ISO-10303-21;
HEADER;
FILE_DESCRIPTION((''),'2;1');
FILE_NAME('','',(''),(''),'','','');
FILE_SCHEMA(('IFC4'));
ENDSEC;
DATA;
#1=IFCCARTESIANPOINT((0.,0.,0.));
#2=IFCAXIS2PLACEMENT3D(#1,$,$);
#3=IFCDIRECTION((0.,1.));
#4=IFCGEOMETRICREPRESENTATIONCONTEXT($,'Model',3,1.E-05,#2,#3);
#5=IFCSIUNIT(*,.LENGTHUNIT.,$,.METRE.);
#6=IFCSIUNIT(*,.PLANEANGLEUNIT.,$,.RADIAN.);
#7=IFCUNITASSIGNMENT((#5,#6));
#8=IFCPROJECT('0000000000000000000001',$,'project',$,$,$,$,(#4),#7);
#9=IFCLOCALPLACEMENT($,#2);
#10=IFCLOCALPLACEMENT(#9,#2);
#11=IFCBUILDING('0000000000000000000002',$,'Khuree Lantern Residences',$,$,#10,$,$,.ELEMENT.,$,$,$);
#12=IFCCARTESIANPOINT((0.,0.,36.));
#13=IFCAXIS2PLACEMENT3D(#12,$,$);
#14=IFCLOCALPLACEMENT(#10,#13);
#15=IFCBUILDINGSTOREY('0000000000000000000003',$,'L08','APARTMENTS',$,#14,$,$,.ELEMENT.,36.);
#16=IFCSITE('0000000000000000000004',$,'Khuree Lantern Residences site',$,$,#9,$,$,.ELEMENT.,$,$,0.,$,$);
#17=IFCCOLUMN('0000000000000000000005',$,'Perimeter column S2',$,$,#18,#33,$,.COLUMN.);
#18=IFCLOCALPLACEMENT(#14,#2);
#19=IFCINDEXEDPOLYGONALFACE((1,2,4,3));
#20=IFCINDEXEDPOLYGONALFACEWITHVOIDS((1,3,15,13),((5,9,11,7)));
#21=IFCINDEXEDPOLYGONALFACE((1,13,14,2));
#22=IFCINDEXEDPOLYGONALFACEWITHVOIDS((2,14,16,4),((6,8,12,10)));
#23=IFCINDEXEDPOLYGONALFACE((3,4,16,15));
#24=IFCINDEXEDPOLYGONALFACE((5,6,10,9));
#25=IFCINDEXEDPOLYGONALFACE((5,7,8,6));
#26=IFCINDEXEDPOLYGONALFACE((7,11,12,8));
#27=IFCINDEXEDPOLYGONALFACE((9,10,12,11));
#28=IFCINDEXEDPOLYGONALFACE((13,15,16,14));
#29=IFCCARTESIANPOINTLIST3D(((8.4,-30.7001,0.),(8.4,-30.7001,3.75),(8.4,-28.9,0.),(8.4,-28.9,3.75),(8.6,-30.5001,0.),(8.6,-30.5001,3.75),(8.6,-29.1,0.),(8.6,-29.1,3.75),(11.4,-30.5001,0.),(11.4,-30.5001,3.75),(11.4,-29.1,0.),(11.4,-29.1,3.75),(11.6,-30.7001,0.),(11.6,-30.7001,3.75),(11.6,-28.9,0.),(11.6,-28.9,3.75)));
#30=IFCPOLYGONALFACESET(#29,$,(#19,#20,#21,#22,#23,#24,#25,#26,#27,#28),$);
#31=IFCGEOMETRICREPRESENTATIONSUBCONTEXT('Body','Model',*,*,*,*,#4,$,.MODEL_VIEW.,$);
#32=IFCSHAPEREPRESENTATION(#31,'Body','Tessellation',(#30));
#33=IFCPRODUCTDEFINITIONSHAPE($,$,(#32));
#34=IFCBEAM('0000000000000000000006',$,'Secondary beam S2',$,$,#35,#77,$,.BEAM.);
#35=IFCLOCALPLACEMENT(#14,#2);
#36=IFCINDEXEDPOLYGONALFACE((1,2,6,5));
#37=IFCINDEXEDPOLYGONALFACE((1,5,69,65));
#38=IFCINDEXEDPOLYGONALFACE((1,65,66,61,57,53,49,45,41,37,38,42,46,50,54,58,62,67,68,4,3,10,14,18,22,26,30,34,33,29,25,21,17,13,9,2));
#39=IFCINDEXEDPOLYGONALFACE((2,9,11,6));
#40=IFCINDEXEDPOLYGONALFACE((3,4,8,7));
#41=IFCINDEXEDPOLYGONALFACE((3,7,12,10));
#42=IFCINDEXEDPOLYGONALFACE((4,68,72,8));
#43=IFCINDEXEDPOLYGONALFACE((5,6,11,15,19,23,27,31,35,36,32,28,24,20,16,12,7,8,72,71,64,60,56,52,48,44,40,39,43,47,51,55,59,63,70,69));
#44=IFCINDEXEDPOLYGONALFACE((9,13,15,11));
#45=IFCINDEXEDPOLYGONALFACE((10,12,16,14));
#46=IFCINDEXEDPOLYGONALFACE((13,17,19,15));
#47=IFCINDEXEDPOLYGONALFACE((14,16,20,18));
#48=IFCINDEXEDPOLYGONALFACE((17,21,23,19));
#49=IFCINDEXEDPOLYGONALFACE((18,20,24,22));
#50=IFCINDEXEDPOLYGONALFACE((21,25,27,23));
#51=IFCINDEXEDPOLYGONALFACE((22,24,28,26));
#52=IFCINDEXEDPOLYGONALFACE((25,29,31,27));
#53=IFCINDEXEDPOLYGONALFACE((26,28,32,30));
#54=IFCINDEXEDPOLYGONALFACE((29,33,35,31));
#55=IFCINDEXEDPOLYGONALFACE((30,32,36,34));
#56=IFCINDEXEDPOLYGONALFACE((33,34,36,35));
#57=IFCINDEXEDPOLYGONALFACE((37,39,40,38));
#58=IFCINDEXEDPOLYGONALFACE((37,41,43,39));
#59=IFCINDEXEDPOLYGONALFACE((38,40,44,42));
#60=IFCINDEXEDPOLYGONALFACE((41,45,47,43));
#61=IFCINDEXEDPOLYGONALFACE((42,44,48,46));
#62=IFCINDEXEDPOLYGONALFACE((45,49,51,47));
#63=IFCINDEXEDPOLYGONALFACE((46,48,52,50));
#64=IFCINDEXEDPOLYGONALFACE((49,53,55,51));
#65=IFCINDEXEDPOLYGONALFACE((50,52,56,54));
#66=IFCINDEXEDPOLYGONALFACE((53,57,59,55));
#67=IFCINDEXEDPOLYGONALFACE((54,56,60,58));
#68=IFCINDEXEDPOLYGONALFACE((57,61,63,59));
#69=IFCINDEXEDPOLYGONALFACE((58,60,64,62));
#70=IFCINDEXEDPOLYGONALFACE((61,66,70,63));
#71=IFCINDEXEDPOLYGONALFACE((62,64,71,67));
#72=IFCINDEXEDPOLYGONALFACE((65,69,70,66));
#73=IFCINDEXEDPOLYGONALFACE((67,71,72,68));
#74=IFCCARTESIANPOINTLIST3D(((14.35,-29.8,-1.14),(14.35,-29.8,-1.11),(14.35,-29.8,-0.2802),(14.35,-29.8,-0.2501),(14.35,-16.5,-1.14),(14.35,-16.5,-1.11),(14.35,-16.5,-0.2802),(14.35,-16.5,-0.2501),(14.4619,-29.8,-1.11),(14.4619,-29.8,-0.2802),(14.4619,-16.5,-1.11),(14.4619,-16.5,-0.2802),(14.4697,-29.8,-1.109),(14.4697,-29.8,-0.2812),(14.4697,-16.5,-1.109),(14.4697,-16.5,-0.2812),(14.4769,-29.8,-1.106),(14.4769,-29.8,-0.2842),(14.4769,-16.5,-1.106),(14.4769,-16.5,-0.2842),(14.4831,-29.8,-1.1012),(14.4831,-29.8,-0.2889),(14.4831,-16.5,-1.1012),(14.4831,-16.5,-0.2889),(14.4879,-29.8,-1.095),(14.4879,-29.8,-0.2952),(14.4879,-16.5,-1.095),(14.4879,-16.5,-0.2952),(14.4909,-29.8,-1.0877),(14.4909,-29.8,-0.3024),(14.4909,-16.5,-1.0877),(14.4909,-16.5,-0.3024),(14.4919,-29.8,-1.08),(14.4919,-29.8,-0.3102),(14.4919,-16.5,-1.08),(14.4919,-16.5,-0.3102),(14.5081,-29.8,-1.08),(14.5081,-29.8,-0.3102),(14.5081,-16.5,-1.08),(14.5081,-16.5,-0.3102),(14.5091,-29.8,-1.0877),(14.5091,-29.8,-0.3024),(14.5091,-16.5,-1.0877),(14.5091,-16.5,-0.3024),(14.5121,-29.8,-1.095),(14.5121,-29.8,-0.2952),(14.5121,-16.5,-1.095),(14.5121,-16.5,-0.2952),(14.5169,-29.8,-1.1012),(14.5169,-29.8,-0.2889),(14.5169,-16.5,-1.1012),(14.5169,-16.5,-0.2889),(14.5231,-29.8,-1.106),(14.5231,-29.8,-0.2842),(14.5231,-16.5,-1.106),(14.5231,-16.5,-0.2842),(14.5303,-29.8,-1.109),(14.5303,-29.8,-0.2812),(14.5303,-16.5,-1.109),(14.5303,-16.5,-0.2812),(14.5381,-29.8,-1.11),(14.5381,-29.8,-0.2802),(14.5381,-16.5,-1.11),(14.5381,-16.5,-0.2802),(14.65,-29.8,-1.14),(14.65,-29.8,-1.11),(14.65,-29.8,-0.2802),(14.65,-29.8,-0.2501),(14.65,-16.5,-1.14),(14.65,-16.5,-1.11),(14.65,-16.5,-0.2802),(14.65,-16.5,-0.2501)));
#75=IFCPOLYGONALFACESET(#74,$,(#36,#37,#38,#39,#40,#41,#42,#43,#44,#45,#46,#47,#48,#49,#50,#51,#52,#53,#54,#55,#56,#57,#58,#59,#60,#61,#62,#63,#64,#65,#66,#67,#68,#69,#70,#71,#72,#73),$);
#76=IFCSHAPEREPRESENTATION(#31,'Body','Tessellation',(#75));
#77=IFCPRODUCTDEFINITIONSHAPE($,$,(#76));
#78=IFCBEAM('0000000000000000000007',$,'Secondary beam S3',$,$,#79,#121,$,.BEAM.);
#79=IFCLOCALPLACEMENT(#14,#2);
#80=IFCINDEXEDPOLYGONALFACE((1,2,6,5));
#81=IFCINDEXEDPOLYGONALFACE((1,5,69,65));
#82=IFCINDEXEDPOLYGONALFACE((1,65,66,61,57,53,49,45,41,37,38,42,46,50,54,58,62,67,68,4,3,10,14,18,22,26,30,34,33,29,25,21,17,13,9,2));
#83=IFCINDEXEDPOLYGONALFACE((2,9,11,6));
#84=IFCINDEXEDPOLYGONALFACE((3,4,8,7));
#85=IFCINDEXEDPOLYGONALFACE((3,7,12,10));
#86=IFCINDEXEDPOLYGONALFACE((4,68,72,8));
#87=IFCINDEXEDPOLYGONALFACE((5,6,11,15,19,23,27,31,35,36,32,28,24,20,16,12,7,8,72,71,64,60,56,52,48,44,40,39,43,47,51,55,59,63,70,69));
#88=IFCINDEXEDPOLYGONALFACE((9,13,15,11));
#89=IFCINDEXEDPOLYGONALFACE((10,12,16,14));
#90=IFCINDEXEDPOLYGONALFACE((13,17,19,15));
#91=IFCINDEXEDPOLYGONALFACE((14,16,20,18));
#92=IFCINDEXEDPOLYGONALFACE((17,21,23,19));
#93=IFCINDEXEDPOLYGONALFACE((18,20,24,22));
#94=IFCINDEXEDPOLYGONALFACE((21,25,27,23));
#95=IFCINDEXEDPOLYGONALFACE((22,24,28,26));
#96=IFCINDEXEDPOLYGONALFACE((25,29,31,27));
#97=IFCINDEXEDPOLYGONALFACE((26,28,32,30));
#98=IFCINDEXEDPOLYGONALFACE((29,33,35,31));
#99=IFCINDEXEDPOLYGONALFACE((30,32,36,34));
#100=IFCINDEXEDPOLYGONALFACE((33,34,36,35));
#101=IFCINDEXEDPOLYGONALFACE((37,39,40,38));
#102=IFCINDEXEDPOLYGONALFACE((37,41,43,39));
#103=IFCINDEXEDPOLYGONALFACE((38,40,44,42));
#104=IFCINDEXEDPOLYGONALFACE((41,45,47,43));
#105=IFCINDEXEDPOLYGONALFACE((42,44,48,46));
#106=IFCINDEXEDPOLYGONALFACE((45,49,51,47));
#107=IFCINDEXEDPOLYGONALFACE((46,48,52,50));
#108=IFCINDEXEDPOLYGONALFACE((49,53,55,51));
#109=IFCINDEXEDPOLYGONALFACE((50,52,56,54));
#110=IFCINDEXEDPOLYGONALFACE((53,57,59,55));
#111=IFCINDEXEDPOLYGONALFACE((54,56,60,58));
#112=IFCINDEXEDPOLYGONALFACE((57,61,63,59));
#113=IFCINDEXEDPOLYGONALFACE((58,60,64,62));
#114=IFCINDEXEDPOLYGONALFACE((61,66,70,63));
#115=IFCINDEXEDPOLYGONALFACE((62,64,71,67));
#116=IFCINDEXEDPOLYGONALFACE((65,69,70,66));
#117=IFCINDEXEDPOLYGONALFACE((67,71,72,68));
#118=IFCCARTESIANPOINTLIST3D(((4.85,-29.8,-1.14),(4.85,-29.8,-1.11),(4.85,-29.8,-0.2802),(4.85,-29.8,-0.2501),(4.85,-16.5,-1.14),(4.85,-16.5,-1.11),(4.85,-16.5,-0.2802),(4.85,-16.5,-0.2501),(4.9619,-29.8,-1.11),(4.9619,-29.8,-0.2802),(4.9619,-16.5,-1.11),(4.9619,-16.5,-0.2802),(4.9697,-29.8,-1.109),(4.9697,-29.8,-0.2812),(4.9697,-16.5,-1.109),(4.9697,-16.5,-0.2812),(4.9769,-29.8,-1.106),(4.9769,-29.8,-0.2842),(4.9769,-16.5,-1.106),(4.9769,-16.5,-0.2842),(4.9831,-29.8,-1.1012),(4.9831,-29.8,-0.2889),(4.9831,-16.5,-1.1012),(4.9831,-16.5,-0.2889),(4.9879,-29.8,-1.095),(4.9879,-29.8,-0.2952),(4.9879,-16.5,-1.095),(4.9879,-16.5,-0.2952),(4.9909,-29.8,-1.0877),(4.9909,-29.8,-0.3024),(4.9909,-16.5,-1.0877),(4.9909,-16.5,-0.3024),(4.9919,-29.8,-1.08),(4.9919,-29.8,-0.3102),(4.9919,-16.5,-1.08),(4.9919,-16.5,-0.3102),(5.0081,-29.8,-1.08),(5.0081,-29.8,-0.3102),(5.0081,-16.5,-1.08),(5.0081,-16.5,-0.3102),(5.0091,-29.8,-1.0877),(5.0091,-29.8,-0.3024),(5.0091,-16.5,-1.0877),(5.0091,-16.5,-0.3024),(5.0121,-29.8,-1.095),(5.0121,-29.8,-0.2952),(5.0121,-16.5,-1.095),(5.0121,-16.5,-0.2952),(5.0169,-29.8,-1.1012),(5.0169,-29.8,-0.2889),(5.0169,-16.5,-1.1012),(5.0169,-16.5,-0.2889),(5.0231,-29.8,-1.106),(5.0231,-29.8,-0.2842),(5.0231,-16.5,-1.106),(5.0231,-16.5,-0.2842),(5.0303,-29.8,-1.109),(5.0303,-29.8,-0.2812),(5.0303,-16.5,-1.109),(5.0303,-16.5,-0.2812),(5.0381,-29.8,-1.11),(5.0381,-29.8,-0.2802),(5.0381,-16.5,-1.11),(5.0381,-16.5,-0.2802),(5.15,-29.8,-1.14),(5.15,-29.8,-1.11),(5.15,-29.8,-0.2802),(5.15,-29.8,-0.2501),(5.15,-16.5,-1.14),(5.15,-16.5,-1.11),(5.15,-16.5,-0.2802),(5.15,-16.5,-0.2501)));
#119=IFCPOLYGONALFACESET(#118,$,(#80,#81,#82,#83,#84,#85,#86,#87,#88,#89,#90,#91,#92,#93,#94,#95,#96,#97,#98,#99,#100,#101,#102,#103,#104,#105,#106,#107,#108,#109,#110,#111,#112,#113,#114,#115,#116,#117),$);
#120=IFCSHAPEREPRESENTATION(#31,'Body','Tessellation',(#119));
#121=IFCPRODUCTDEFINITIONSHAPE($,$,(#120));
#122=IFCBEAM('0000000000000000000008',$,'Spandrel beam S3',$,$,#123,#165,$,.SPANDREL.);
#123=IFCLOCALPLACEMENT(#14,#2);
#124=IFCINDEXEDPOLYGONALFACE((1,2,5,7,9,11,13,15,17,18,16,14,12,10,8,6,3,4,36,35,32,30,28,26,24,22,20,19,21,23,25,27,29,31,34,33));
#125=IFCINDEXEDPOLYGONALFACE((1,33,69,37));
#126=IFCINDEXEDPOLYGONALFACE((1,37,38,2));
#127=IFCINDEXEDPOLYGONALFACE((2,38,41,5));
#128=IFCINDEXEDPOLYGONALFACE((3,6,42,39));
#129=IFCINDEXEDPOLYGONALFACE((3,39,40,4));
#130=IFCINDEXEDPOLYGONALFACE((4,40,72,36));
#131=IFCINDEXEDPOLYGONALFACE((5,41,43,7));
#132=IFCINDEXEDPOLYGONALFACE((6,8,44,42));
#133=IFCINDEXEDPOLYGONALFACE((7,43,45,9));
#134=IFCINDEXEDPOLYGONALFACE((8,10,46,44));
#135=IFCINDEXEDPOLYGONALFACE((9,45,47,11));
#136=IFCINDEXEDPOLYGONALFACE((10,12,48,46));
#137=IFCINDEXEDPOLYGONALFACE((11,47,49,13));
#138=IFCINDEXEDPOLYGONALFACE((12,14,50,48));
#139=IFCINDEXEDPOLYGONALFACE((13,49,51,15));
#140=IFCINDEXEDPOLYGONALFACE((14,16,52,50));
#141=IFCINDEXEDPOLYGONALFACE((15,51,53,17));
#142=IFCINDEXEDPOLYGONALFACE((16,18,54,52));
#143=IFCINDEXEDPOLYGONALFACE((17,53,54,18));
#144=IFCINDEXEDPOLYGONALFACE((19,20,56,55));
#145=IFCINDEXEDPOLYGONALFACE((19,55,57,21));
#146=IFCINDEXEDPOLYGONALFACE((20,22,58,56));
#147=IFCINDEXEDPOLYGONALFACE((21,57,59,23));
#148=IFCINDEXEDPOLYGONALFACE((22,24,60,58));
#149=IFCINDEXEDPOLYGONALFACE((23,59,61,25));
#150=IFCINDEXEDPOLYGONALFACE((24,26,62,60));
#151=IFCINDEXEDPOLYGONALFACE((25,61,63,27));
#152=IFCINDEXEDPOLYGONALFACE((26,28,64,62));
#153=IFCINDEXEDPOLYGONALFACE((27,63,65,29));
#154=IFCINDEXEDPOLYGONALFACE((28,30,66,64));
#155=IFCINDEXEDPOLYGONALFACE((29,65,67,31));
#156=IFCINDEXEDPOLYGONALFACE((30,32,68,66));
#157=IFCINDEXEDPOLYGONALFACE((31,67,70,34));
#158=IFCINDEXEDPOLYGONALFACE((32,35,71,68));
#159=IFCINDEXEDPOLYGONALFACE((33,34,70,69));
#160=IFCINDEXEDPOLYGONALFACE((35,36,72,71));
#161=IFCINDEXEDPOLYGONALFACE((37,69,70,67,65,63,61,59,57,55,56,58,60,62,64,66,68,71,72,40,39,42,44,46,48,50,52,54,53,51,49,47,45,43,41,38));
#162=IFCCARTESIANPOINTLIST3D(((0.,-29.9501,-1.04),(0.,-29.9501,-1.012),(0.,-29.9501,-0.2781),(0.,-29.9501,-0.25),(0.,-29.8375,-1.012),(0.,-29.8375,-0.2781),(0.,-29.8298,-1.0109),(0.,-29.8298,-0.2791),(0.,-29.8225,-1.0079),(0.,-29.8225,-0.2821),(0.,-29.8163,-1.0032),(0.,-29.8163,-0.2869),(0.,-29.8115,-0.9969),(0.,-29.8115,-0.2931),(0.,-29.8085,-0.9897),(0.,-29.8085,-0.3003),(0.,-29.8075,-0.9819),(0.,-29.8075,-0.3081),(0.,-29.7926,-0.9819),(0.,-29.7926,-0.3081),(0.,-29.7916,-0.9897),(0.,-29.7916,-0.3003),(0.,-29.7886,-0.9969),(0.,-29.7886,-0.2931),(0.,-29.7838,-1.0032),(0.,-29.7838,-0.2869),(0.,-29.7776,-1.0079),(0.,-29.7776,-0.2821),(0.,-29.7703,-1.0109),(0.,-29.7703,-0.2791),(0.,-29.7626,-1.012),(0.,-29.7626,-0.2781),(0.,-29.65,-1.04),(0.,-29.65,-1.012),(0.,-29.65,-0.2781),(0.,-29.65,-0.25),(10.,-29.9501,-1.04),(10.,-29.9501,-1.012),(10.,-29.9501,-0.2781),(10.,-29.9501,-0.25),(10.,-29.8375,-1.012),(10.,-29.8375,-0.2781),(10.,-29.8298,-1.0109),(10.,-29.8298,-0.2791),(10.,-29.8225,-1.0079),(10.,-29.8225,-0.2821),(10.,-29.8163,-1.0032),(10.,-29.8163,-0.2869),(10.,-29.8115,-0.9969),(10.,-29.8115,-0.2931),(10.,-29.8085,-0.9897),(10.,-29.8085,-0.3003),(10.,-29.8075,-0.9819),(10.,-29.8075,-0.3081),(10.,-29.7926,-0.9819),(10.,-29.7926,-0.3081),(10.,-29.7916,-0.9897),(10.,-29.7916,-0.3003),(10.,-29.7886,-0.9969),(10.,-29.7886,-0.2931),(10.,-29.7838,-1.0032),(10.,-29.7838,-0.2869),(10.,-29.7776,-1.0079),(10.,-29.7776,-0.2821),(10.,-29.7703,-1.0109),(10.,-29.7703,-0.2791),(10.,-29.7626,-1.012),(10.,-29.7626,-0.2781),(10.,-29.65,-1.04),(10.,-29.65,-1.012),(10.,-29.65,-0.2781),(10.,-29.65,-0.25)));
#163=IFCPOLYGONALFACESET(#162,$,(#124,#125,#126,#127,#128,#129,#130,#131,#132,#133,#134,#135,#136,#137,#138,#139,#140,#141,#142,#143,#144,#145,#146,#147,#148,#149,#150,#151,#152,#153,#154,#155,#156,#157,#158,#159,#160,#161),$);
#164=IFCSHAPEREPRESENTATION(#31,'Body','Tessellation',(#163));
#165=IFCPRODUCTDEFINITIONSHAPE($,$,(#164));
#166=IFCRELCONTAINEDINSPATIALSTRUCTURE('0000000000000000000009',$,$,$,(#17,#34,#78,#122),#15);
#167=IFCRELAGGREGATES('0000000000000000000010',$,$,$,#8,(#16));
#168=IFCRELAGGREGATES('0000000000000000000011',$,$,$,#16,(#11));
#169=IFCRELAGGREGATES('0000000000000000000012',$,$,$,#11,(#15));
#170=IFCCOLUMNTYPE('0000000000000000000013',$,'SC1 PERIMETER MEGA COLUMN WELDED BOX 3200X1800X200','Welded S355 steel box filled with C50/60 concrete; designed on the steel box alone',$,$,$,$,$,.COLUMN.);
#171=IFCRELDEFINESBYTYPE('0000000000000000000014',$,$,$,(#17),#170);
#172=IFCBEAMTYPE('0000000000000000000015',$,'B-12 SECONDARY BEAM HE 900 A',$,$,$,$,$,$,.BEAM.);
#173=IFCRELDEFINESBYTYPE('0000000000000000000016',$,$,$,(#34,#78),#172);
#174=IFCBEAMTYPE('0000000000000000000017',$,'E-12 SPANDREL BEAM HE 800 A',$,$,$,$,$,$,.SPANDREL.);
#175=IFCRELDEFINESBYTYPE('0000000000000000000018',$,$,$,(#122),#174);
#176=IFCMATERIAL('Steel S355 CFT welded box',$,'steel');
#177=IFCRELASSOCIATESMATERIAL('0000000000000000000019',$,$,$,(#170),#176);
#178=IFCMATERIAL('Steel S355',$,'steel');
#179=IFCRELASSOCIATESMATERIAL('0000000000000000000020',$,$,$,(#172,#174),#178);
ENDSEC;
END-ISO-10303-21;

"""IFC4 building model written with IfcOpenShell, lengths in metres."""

from ifc_helpers import new_model, si_unit, direction, frame, origin, origin_2d, place, context, subcontext, project, spatial, hollow_rectangle, i_section, extrude, material, material_profile, profile_set, type_object, element, save


model = new_model("IFC4")

# Units and contexts
model_context = context("Model", 3, precision=1e-05, world=origin(), true_north=direction((0.0, 1.0)))
body_context = subcontext(model_context, "Body", "Model", "MODEL_VIEW")
ifc_project = project(units=[si_unit("LENGTHUNIT", "METRE"), si_unit("PLANEANGLEUNIT", "RADIAN")], contexts=[model_context])

# Site, building, storey
site_placement = place(None, origin())
site = spatial("IfcSite", under=ifc_project, at=site_placement, Name="Khuree Lantern Residences site", CompositionType="ELEMENT", RefElevation=0.0)
building_placement = place(site_placement, origin())
building = spatial("IfcBuilding", under=site, at=building_placement, Name="Khuree Lantern Residences", CompositionType="ELEMENT")
storey_placement = place(building_placement, frame((0.0, 0.0, 36.0)))
storey = spatial("IfcBuildingStorey", under=building, at=storey_placement, Name="L08", Description="APARTMENTS", CompositionType="ELEMENT", Elevation=36.0)

# Column
ifc_material_1 = material(Name="Steel S355 CFT welded box", Category="steel")
ifc_material_profile_1 = material_profile(ifc_material_1, hollow_rectangle(XDim=3.2, YDim=1.8, WallThickness=0.2, at=origin_2d()), Name="WELDED BOX 3200X1800X200")
ifc_profile_set_1 = profile_set([ifc_material_profile_1], Name="Steel S355 CFT welded box")
column_type = type_object("IfcColumnType", Name="SC1 PERIMETER MEGA COLUMN WELDED BOX 3200X1800X200", Description="Welded S355 steel box filled with C50/60 concrete; designed on the steel box alone", PredefinedType="COLUMN", material=ifc_profile_set_1)
column_placement = place(storey_placement, frame((10.0, -29.8, 0.0), z_axis=(0.0, 0.0, 1.0), x_axis=(1.0, 0.0, 0.0)))
element("IfcColumn", 1, at=column_placement, inside=storey, type_object=column_type, Name="Perimeter column S2", PredefinedType="COLUMN", context=body_context, shape_type="SweptSolid", body=[
    extrude(hollow_rectangle(XDim=3.2, YDim=1.8, WallThickness=0.2, at=origin_2d()), origin(), (0.0, 0.0, 1.0), 3.75),
])

# Beams
ifc_material_2 = material(Name="Steel S355", Category="steel")
ifc_material_profile_2 = material_profile(ifc_material_2, i_section(OverallWidth=0.3, OverallDepth=0.8899, WebThickness=0.0161, FlangeThickness=0.03, FilletRadius=0.03, at=origin_2d()), Name="HE 900 A")
ifc_profile_set_2 = profile_set([ifc_material_profile_2], Name="Steel S355")
beam_type_1 = type_object("IfcBeamType", Name="B-12 SECONDARY BEAM HE 900 A", PredefinedType="BEAM", material=ifc_profile_set_2)
for number, where, z_axis, x_axis, name in (
    (2, (14.5, -29.8, -0.6951), (0.0, 1.0, 0.0), (-1.0, 0.0, 0.0), "Secondary beam S2"),
    (3, (5.0, -29.8, -0.6951), (0.0, 1.0, 0.0), (-1.0, 0.0, 0.0), "Secondary beam S3"),
):
    element("IfcBeam", number, at=place(storey_placement, frame(where, z_axis=z_axis, x_axis=x_axis)), inside=storey, type_object=beam_type_1, Name=name, PredefinedType="BEAM", context=body_context, shape_type="SweptSolid", body=[
        extrude(i_section(OverallWidth=0.3, OverallDepth=0.8899, WebThickness=0.0161, FlangeThickness=0.03, FilletRadius=0.03, at=origin_2d()), origin(), (0.0, 0.0, 1.0), 13.3),
    ])
ifc_material_profile_3 = material_profile(ifc_material_2, i_section(OverallWidth=0.3, OverallDepth=0.79, WebThickness=0.0149, FlangeThickness=0.0281, FilletRadius=0.03, at=origin_2d()), Name="HE 800 A")
ifc_profile_set_3 = profile_set([ifc_material_profile_3], Name="Steel S355")
beam_type_2 = type_object("IfcBeamType", Name="E-12 SPANDREL BEAM HE 800 A", PredefinedType="SPANDREL", material=ifc_profile_set_3)
for number, where, z_axis, x_axis, name in (
    (4, (10.0, -29.8, -0.645), (-1.0, 0.0, 0.0), (0.0, -1.0, 0.0), "Spandrel beam S3"),
):
    element("IfcBeam", number, at=place(storey_placement, frame(where, z_axis=z_axis, x_axis=x_axis)), inside=storey, type_object=beam_type_2, Name=name, PredefinedType="SPANDREL", context=body_context, shape_type="SweptSolid", body=[
        extrude(i_section(OverallWidth=0.3, OverallDepth=0.79, WebThickness=0.0149, FlangeThickness=0.0281, FilletRadius=0.03, at=origin_2d()), origin(), (0.0, 0.0, 1.0), 10.0),
    ])

save(model, "model.ifc")
